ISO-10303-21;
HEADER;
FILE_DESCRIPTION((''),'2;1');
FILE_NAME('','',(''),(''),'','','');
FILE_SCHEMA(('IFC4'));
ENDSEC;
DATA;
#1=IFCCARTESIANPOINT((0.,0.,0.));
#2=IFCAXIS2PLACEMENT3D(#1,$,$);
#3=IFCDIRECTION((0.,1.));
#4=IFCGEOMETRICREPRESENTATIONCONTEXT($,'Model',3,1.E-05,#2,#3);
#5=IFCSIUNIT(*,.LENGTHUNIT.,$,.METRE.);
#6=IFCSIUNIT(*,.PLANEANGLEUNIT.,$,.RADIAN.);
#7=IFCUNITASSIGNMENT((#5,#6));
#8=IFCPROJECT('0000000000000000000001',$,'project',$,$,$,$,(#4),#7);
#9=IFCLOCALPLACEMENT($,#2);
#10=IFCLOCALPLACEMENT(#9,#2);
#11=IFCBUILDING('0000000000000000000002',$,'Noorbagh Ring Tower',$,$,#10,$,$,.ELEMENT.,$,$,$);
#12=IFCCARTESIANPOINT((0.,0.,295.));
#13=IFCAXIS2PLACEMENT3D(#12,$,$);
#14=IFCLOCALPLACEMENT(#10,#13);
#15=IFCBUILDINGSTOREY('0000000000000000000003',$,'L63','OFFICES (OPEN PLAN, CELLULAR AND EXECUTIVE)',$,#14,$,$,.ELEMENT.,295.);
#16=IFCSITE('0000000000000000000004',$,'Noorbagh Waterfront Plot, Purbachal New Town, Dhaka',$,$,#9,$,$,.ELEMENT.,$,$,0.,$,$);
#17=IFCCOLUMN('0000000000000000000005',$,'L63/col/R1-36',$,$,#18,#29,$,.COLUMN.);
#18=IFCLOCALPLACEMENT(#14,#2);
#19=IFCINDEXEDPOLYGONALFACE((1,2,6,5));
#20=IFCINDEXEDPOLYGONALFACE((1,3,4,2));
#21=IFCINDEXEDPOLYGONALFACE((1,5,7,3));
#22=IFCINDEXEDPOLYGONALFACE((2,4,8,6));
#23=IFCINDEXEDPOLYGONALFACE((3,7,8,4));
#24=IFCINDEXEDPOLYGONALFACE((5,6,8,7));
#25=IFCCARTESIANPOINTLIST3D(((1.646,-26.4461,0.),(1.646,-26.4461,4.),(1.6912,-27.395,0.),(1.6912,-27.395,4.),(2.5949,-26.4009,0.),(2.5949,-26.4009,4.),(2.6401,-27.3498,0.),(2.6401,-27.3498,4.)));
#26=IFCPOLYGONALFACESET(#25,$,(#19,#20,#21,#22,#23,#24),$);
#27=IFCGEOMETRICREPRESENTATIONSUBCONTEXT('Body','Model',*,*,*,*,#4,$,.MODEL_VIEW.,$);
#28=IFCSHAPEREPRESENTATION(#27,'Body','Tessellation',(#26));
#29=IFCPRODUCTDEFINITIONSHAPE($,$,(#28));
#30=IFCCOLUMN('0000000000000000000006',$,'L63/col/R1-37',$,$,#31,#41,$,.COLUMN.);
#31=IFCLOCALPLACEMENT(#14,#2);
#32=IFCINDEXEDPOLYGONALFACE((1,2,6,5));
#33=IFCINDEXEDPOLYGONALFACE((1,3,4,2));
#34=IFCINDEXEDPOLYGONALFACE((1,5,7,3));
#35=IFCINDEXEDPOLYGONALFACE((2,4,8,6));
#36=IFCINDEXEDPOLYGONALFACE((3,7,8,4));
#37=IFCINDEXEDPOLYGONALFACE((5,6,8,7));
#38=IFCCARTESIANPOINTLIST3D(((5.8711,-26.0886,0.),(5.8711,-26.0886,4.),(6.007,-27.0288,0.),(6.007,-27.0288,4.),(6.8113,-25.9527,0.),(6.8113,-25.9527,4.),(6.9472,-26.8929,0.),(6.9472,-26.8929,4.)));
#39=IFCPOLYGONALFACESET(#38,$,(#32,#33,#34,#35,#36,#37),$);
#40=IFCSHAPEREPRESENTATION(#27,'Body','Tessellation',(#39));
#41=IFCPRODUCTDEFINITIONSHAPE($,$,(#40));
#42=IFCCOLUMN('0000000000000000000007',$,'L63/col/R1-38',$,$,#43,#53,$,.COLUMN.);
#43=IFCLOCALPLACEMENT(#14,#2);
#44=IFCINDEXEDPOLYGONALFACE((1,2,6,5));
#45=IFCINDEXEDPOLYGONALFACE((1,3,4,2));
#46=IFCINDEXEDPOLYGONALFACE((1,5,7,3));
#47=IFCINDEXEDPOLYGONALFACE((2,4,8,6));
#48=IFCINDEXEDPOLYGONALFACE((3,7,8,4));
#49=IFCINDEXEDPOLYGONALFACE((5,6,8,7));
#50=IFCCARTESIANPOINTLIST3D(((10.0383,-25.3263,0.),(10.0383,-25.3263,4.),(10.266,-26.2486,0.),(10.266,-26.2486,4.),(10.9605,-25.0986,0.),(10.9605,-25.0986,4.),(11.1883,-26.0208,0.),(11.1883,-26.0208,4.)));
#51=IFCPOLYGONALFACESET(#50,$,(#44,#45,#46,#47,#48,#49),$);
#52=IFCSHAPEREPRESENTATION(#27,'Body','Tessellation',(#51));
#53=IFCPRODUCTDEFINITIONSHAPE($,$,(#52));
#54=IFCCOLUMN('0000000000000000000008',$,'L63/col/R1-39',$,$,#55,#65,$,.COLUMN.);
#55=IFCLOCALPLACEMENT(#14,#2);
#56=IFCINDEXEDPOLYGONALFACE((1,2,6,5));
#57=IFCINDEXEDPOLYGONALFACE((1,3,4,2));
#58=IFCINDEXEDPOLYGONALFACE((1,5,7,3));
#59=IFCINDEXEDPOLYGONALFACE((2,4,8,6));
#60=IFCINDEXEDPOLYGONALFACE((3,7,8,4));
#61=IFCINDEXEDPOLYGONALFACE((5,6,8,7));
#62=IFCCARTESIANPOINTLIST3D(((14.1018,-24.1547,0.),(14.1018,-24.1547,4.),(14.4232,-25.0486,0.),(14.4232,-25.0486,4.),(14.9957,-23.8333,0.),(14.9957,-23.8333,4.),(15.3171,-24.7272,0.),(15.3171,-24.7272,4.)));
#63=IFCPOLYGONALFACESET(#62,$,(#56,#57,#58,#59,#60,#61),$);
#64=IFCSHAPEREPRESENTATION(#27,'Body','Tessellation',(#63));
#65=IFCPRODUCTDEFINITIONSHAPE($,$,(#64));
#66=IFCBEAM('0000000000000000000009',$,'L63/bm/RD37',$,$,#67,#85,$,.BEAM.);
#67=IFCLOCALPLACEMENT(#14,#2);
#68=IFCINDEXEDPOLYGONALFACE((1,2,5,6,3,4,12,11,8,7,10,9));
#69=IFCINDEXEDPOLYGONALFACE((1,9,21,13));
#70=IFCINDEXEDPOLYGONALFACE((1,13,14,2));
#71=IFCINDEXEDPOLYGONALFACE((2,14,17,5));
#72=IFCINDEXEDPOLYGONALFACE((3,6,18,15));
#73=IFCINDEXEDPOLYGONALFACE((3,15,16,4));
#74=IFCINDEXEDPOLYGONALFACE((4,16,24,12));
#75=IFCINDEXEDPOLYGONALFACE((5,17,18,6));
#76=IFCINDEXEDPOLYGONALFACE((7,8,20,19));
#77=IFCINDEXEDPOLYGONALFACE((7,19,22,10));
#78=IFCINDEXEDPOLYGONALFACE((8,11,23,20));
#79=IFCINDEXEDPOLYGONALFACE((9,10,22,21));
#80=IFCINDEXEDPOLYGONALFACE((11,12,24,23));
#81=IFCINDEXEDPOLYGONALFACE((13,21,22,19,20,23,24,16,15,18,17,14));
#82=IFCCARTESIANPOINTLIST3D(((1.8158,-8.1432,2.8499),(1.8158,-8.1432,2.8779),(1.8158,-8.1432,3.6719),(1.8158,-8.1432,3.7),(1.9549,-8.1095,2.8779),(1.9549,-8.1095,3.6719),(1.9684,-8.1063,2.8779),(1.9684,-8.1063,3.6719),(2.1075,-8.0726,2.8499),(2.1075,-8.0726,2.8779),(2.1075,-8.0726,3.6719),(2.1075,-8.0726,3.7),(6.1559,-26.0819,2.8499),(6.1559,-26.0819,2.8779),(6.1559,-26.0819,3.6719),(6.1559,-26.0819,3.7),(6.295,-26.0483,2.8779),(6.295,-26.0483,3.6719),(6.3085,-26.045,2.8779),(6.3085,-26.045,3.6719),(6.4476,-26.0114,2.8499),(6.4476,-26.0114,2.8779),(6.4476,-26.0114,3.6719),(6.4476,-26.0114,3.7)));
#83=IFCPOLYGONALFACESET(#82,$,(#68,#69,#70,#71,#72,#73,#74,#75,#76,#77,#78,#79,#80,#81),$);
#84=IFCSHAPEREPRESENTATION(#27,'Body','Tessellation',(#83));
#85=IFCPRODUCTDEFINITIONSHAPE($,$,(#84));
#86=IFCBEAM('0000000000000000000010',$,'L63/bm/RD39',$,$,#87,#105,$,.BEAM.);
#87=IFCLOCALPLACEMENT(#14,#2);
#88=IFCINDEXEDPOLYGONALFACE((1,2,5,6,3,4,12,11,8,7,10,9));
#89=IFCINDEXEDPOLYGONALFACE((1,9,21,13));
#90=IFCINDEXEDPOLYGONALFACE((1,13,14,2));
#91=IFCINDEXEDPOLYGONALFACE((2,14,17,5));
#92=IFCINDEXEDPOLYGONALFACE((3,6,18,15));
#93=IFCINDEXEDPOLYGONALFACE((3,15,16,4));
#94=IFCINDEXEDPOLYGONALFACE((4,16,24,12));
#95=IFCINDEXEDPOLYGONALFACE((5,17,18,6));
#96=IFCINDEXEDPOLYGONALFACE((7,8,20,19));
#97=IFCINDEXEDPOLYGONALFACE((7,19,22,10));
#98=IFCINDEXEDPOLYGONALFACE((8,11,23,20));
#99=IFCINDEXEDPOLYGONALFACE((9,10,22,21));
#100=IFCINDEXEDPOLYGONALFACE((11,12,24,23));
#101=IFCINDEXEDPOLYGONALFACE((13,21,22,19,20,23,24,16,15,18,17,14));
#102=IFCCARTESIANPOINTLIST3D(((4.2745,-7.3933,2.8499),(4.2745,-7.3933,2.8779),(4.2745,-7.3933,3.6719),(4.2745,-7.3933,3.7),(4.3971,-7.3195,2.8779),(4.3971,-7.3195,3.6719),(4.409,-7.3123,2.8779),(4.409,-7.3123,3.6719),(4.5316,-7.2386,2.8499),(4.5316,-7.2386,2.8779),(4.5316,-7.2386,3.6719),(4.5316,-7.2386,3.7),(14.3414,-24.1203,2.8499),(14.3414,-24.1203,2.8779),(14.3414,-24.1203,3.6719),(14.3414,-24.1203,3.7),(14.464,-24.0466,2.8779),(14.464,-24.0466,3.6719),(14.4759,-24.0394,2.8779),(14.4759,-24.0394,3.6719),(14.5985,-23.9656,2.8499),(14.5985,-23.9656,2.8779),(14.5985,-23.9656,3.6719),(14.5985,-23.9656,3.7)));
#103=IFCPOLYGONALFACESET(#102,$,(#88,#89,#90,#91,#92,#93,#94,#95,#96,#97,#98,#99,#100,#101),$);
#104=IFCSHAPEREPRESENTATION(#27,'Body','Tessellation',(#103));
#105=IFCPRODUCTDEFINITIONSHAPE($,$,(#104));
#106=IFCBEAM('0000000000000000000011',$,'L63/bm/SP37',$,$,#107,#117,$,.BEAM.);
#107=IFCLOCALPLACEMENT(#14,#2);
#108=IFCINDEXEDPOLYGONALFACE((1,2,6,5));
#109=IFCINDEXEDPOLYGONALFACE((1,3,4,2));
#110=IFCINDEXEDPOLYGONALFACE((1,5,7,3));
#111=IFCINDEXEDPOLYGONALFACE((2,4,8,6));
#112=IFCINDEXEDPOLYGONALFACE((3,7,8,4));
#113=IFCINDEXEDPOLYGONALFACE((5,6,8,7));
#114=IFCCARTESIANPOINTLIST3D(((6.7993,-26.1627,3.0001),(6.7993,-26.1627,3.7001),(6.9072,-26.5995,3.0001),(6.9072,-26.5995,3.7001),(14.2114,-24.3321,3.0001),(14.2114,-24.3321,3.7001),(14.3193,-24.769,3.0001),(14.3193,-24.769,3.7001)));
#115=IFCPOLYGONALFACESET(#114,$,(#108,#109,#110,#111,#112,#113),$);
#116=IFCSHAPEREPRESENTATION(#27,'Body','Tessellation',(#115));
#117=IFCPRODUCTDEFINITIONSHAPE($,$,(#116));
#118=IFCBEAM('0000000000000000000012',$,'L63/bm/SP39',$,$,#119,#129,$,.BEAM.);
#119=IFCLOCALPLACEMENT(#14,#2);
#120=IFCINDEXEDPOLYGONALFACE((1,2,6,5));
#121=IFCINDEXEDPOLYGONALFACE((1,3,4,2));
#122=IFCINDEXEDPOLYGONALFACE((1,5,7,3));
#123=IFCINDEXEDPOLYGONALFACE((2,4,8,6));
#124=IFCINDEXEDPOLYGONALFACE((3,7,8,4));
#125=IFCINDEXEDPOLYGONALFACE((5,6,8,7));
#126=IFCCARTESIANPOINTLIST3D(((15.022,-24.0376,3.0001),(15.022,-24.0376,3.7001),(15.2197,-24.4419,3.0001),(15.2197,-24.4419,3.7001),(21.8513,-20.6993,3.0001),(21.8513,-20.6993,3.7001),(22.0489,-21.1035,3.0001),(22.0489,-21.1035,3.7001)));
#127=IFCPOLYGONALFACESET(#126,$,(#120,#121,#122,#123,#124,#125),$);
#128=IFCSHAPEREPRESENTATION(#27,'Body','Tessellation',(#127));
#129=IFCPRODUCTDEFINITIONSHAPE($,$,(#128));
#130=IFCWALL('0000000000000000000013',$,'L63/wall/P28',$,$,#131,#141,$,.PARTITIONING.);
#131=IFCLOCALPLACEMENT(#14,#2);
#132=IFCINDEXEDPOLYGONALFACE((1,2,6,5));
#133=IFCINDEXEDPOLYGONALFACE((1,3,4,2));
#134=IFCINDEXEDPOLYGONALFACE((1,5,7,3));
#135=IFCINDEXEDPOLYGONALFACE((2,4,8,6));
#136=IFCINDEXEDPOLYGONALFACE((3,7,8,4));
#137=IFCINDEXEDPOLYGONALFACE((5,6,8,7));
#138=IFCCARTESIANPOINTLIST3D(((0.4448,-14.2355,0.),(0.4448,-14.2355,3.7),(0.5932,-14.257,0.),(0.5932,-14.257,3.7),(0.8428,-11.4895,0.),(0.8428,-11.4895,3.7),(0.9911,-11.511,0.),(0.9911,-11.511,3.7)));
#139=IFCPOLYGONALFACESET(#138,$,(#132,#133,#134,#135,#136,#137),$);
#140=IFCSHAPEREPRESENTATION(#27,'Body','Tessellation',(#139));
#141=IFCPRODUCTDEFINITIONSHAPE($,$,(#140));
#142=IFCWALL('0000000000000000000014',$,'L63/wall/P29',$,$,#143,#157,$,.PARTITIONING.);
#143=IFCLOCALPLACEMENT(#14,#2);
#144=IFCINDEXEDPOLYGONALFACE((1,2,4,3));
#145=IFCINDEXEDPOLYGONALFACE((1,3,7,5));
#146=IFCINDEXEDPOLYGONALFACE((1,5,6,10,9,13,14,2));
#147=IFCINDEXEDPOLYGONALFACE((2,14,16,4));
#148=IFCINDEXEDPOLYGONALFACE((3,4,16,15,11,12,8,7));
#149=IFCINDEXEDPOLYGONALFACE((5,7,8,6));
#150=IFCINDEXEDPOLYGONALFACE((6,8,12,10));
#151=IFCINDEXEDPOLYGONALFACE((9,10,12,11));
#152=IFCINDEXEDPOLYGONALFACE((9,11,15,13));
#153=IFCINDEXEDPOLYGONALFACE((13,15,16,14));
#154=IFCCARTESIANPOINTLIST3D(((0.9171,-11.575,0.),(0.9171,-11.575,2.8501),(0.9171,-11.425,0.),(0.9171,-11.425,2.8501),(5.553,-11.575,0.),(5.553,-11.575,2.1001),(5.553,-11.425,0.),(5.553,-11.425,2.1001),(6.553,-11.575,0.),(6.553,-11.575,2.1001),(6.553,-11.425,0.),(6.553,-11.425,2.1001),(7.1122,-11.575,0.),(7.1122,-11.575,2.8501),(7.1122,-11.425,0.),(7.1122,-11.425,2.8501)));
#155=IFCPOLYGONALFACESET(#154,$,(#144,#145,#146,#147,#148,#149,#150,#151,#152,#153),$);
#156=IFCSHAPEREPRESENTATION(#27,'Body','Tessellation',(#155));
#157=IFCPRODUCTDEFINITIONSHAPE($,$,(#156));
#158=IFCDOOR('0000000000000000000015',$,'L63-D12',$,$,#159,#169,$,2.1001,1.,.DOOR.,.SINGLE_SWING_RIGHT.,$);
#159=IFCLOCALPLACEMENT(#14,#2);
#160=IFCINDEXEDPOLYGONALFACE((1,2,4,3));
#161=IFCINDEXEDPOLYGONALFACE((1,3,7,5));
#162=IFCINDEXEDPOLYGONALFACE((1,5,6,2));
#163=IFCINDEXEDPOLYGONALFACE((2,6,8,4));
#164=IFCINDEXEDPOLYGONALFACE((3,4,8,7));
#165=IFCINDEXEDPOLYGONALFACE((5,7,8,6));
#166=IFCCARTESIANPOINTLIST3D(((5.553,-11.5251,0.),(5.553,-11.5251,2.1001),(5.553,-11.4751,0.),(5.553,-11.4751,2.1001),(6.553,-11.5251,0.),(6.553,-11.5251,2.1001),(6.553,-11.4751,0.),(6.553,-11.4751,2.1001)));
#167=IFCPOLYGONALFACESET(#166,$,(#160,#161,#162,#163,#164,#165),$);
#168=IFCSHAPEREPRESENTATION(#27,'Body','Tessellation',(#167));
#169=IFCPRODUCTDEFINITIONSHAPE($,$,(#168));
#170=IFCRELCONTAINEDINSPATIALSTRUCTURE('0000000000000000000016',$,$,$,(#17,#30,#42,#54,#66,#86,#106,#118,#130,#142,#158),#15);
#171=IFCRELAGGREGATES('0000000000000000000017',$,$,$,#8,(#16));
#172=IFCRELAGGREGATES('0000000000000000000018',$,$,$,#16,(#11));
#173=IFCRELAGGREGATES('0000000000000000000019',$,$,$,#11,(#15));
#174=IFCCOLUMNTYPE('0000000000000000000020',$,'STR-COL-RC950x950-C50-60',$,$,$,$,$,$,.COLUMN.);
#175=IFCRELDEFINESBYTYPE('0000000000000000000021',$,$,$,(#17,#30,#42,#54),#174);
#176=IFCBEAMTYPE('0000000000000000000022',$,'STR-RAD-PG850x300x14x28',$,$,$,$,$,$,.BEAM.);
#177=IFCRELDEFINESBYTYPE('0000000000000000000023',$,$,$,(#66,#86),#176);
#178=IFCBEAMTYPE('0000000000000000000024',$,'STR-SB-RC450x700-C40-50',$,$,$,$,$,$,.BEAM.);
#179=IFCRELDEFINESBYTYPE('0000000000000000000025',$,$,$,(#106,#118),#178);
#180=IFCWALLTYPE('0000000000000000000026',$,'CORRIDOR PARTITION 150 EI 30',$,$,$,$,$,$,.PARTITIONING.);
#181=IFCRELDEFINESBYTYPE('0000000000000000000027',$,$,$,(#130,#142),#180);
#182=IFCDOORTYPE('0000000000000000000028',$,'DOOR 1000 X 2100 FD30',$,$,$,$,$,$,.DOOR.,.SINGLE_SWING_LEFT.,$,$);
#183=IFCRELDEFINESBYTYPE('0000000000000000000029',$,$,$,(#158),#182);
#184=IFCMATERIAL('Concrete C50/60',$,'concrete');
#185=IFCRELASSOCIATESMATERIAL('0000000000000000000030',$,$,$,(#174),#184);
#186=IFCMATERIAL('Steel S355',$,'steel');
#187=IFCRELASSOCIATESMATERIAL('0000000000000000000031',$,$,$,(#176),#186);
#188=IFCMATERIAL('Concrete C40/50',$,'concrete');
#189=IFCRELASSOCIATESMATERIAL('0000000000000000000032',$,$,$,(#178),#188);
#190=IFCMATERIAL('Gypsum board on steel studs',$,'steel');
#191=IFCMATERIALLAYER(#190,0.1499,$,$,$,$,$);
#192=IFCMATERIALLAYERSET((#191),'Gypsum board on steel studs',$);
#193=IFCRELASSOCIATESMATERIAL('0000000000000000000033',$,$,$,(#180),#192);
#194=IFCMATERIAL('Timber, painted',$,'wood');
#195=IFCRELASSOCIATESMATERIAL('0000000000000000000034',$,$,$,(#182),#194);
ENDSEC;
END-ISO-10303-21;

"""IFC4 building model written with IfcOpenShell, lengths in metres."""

from ifc_helpers import new_model, si_unit, direction, frame, frame_2d, origin, origin_2d, place, context, subcontext, project, spatial, rectangle, i_section, extrude, material, layer, layer_set, material_profile, profile_set, type_object, element, fill, save


model = new_model("IFC4")

# Units and contexts
model_context = context("Model", 3, precision=1e-05, world=origin(), true_north=direction((0.0, 1.0)))
body_context = subcontext(model_context, "Body", "Model", "MODEL_VIEW")
ifc_project = project(units=[si_unit("LENGTHUNIT", "METRE"), si_unit("PLANEANGLEUNIT", "RADIAN")], contexts=[model_context])

# Site, building, storey
site_placement = place(None, origin())
site = spatial("IfcSite", under=ifc_project, at=site_placement, Name="Noorbagh Waterfront Plot, Purbachal New Town, Dhaka", CompositionType="ELEMENT", RefElevation=0.0)
building_placement = place(site_placement, origin())
building = spatial("IfcBuilding", under=site, at=building_placement, Name="Noorbagh Ring Tower", CompositionType="ELEMENT")
storey_placement = place(building_placement, frame((0.0, 0.0, 295.0)))
storey = spatial("IfcBuildingStorey", under=building, at=storey_placement, Name="L63", Description="OFFICES (OPEN PLAN, CELLULAR AND EXECUTIVE)", CompositionType="ELEMENT", Elevation=295.0)

# Columns
ifc_material_1 = material(Name="Concrete C50/60", Category="concrete")
ifc_material_profile_1 = material_profile(ifc_material_1, rectangle(XDim=0.95, YDim=0.95, at=origin_2d()), Name="RC950x950")
ifc_profile_set_1 = profile_set([ifc_material_profile_1], Name="Concrete C50/60")
column_type = type_object("IfcColumnType", Name="STR-COL-RC950x950-C50-60", PredefinedType="COLUMN", material=ifc_profile_set_1)
for number, where, z_axis, x_axis, name in (
    (1, (2.1431, -26.8979, 0.0), (0.0, 0.0, 1.0), (0.998869, 0.047553, 0.0), "L63/col/R1-36"),
    (2, (6.4092, -26.4907, 0.0), (0.0, 0.0, 1.0), (0.989713, 0.143066, 0.0), "L63/col/R1-37"),
    (3, (10.6133, -25.6736, 0.0), (0.0, 0.0, 1.0), (0.970829, 0.239771, 0.0), "L63/col/R1-38"),
    (4, (14.7095, -24.4409, 0.0), (0.0, 0.0, 1.0), (0.941025, 0.338338, 0.0), "L63/col/R1-39"),
):
    element("IfcColumn", number, at=place(storey_placement, frame(where, z_axis=z_axis, x_axis=x_axis)), inside=storey, type_object=column_type, Name=name, PredefinedType="COLUMN", context=body_context, shape_type="SweptSolid", body=[
        extrude(rectangle(XDim=0.95, YDim=0.95, at=origin_2d()), origin(), (0.0, 0.0, 1.0), 4.0),
    ])

# Beams
ifc_material_2 = material(Name="Steel S355", Category="steel")
ifc_material_profile_2 = material_profile(ifc_material_2, i_section(OverallWidth=0.3, OverallDepth=0.8501, WebThickness=0.0139, FlangeThickness=0.0281, at=origin_2d()), Name="PG850x300x14x28")
ifc_profile_set_2 = profile_set([ifc_material_profile_2], Name="Steel S355")
beam_type_1 = type_object("IfcBeamType", Name="STR-RAD-PG850x300x14x28", PredefinedType="BEAM", material=ifc_profile_set_2)
beam_1_placement = place(storey_placement, frame((6.3018, -26.0466, 3.2749), z_axis=(-0.235155, 0.971958, 0.0), x_axis=(-0.971958, -0.235155, 0.0)))
element("IfcBeam", 5, at=beam_1_placement, inside=storey, type_object=beam_type_1, Name="L63/bm/RD37", PredefinedType="BEAM", context=body_context, shape_type="SweptSolid", body=[
    extrude(i_section(OverallWidth=0.3, OverallDepth=0.8501, WebThickness=0.0139, FlangeThickness=0.0281, at=origin_2d()), origin(), (0.0, 0.0, 1.0), 18.4563),
])
beam_2_placement = place(storey_placement, frame((14.47, -24.043, 3.2749), z_axis=(-0.51565, 0.856799, 0.0), x_axis=(-0.856799, -0.51565, 0.0)))
element("IfcBeam", 6, at=beam_2_placement, inside=storey, type_object=beam_type_1, Name="L63/bm/RD39", PredefinedType="BEAM", context=body_context, shape_type="SweptSolid", body=[
    extrude(i_section(OverallWidth=0.3, OverallDepth=0.8501, WebThickness=0.0139, FlangeThickness=0.0281, at=origin_2d()), origin(), (0.0, 0.0, 1.0), 19.5227),
])
ifc_material_3 = material(Name="Concrete C40/50", Category="concrete")
ifc_material_profile_3 = material_profile(ifc_material_3, rectangle(XDim=0.45, YDim=0.7, at=origin_2d()), Name="RC450x700")
ifc_profile_set_3 = profile_set([ifc_material_profile_3], Name="Concrete C40/50")
beam_type_2 = type_object("IfcBeamType", Name="STR-SB-RC450x700-C40-50", PredefinedType="BEAM", material=ifc_profile_set_3)
beam_3_placement = place(storey_placement, frame((6.8533, -26.3811, 3.3501), z_axis=(0.970831, 0.239766, 0.0), x_axis=(-0.239766, 0.970831, 0.0)))
element("IfcBeam", 7, at=beam_3_placement, inside=storey, type_object=beam_type_2, Name="L63/bm/SP37", PredefinedType="BEAM", context=body_context, shape_type="SweptSolid", body=[
    extrude(rectangle(XDim=0.45, YDim=0.7, at=origin_2d()), origin(), (0.0, 0.0, 1.0), 7.6348),
])
beam_4_placement = place(storey_placement, frame((15.1208, -24.2397, 3.3501), z_axis=(0.898406, 0.439166, 0.0), x_axis=(-0.439166, 0.898406, 0.0)))
element("IfcBeam", 8, at=beam_4_placement, inside=storey, type_object=beam_type_2, Name="L63/bm/SP39", PredefinedType="BEAM", context=body_context, shape_type="SweptSolid", body=[
    extrude(rectangle(XDim=0.45, YDim=0.7, at=origin_2d()), origin(), (0.0, 0.0, 1.0), 7.6016),
])

# Wall
ifc_material_4 = material(Name="Gypsum board on steel studs", Category="steel")
ifc_layer_1 = layer(ifc_material_4, 0.1499)
ifc_layer_set_1 = layer_set([ifc_layer_1], Name="Gypsum board on steel studs")
wall_type_1 = type_object("IfcWallType", Name="CORRIDOR PARTITION 150 EI 30", PredefinedType="PARTITIONING", material=ifc_layer_set_1)
wall_1_placement = place(storey_placement, frame((0.519, -14.2461, 0.0), z_axis=(0.0, 0.0, 1.0), x_axis=(0.143417, 0.989662, 0.0)))
element("IfcWall", 9, at=wall_1_placement, inside=storey, type_object=wall_type_1, Name="L63/wall/P28", PredefinedType="PARTITIONING", context=body_context, shape_type="SweptSolid", body=[
    extrude(rectangle(XDim=2.7747, YDim=0.1499, at=frame_2d((1.3872, 0.0))), origin(), (0.0, 0.0, 1.0), 3.7),
])

# Wall, opening, door
wall_2_placement = place(storey_placement, frame((0.917, -11.5, 0.0), z_axis=(0.0, 0.0, 1.0), x_axis=(1.0, 0.0, 0.0)))
wall_2 = element("IfcWall", 10, at=wall_2_placement, inside=storey, type_object=wall_type_1, Name="L63/wall/P29", PredefinedType="PARTITIONING", context=body_context, shape_type="SweptSolid", body=[
    extrude(rectangle(XDim=6.1951, YDim=0.1499, at=frame_2d((3.0977, 0.0))), origin(), (0.0, 0.0, 1.0), 2.8501),
])
opening_1_placement = place(wall_2_placement, frame((4.636, 0.0, 0.0)))
opening_1 = element("IfcOpeningElement", 11, at=opening_1_placement, cuts=wall_2, PredefinedType="OPENING", context=body_context, shape_type="SweptSolid", body=[
    extrude(rectangle(XDim=1.0, YDim=2.1001, at=frame_2d((0.5, 1.05))), frame((0.0, 0.085, 0.0), z_axis=(0.0, -1.0, 0.0), x_axis=(1.0, 0.0, 0.0)), (0.0, 0.0, 1.0), 0.1699),
])
ifc_material_5 = material(Name="Timber, painted", Category="wood")
door_type_1 = type_object("IfcDoorType", Name="DOOR 1000 X 2100 FD30", OperationType="SINGLE_SWING_LEFT", PredefinedType="DOOR", material=ifc_material_5)
door_1_placement = place(opening_1_placement, origin())
door_1 = element("IfcDoor", 12, at=door_1_placement, inside=storey, type_object=door_type_1, Name="L63-D12", OperationType="SINGLE_SWING_RIGHT", OverallHeight=2.1001, OverallWidth=1.0, PredefinedType="DOOR", context=body_context, shape_type="SweptSolid", body=[
    extrude(rectangle(XDim=1.0, YDim=2.1001, at=frame_2d((0.5, 1.05))), frame((0.0, 0.0249, 0.0), z_axis=(0.0, -1.0, 0.0), x_axis=(1.0, 0.0, 0.0)), (0.0, 0.0, 1.0), 0.05),
])
fill(opening_1, door_1)

save(model, "model.ifc")
